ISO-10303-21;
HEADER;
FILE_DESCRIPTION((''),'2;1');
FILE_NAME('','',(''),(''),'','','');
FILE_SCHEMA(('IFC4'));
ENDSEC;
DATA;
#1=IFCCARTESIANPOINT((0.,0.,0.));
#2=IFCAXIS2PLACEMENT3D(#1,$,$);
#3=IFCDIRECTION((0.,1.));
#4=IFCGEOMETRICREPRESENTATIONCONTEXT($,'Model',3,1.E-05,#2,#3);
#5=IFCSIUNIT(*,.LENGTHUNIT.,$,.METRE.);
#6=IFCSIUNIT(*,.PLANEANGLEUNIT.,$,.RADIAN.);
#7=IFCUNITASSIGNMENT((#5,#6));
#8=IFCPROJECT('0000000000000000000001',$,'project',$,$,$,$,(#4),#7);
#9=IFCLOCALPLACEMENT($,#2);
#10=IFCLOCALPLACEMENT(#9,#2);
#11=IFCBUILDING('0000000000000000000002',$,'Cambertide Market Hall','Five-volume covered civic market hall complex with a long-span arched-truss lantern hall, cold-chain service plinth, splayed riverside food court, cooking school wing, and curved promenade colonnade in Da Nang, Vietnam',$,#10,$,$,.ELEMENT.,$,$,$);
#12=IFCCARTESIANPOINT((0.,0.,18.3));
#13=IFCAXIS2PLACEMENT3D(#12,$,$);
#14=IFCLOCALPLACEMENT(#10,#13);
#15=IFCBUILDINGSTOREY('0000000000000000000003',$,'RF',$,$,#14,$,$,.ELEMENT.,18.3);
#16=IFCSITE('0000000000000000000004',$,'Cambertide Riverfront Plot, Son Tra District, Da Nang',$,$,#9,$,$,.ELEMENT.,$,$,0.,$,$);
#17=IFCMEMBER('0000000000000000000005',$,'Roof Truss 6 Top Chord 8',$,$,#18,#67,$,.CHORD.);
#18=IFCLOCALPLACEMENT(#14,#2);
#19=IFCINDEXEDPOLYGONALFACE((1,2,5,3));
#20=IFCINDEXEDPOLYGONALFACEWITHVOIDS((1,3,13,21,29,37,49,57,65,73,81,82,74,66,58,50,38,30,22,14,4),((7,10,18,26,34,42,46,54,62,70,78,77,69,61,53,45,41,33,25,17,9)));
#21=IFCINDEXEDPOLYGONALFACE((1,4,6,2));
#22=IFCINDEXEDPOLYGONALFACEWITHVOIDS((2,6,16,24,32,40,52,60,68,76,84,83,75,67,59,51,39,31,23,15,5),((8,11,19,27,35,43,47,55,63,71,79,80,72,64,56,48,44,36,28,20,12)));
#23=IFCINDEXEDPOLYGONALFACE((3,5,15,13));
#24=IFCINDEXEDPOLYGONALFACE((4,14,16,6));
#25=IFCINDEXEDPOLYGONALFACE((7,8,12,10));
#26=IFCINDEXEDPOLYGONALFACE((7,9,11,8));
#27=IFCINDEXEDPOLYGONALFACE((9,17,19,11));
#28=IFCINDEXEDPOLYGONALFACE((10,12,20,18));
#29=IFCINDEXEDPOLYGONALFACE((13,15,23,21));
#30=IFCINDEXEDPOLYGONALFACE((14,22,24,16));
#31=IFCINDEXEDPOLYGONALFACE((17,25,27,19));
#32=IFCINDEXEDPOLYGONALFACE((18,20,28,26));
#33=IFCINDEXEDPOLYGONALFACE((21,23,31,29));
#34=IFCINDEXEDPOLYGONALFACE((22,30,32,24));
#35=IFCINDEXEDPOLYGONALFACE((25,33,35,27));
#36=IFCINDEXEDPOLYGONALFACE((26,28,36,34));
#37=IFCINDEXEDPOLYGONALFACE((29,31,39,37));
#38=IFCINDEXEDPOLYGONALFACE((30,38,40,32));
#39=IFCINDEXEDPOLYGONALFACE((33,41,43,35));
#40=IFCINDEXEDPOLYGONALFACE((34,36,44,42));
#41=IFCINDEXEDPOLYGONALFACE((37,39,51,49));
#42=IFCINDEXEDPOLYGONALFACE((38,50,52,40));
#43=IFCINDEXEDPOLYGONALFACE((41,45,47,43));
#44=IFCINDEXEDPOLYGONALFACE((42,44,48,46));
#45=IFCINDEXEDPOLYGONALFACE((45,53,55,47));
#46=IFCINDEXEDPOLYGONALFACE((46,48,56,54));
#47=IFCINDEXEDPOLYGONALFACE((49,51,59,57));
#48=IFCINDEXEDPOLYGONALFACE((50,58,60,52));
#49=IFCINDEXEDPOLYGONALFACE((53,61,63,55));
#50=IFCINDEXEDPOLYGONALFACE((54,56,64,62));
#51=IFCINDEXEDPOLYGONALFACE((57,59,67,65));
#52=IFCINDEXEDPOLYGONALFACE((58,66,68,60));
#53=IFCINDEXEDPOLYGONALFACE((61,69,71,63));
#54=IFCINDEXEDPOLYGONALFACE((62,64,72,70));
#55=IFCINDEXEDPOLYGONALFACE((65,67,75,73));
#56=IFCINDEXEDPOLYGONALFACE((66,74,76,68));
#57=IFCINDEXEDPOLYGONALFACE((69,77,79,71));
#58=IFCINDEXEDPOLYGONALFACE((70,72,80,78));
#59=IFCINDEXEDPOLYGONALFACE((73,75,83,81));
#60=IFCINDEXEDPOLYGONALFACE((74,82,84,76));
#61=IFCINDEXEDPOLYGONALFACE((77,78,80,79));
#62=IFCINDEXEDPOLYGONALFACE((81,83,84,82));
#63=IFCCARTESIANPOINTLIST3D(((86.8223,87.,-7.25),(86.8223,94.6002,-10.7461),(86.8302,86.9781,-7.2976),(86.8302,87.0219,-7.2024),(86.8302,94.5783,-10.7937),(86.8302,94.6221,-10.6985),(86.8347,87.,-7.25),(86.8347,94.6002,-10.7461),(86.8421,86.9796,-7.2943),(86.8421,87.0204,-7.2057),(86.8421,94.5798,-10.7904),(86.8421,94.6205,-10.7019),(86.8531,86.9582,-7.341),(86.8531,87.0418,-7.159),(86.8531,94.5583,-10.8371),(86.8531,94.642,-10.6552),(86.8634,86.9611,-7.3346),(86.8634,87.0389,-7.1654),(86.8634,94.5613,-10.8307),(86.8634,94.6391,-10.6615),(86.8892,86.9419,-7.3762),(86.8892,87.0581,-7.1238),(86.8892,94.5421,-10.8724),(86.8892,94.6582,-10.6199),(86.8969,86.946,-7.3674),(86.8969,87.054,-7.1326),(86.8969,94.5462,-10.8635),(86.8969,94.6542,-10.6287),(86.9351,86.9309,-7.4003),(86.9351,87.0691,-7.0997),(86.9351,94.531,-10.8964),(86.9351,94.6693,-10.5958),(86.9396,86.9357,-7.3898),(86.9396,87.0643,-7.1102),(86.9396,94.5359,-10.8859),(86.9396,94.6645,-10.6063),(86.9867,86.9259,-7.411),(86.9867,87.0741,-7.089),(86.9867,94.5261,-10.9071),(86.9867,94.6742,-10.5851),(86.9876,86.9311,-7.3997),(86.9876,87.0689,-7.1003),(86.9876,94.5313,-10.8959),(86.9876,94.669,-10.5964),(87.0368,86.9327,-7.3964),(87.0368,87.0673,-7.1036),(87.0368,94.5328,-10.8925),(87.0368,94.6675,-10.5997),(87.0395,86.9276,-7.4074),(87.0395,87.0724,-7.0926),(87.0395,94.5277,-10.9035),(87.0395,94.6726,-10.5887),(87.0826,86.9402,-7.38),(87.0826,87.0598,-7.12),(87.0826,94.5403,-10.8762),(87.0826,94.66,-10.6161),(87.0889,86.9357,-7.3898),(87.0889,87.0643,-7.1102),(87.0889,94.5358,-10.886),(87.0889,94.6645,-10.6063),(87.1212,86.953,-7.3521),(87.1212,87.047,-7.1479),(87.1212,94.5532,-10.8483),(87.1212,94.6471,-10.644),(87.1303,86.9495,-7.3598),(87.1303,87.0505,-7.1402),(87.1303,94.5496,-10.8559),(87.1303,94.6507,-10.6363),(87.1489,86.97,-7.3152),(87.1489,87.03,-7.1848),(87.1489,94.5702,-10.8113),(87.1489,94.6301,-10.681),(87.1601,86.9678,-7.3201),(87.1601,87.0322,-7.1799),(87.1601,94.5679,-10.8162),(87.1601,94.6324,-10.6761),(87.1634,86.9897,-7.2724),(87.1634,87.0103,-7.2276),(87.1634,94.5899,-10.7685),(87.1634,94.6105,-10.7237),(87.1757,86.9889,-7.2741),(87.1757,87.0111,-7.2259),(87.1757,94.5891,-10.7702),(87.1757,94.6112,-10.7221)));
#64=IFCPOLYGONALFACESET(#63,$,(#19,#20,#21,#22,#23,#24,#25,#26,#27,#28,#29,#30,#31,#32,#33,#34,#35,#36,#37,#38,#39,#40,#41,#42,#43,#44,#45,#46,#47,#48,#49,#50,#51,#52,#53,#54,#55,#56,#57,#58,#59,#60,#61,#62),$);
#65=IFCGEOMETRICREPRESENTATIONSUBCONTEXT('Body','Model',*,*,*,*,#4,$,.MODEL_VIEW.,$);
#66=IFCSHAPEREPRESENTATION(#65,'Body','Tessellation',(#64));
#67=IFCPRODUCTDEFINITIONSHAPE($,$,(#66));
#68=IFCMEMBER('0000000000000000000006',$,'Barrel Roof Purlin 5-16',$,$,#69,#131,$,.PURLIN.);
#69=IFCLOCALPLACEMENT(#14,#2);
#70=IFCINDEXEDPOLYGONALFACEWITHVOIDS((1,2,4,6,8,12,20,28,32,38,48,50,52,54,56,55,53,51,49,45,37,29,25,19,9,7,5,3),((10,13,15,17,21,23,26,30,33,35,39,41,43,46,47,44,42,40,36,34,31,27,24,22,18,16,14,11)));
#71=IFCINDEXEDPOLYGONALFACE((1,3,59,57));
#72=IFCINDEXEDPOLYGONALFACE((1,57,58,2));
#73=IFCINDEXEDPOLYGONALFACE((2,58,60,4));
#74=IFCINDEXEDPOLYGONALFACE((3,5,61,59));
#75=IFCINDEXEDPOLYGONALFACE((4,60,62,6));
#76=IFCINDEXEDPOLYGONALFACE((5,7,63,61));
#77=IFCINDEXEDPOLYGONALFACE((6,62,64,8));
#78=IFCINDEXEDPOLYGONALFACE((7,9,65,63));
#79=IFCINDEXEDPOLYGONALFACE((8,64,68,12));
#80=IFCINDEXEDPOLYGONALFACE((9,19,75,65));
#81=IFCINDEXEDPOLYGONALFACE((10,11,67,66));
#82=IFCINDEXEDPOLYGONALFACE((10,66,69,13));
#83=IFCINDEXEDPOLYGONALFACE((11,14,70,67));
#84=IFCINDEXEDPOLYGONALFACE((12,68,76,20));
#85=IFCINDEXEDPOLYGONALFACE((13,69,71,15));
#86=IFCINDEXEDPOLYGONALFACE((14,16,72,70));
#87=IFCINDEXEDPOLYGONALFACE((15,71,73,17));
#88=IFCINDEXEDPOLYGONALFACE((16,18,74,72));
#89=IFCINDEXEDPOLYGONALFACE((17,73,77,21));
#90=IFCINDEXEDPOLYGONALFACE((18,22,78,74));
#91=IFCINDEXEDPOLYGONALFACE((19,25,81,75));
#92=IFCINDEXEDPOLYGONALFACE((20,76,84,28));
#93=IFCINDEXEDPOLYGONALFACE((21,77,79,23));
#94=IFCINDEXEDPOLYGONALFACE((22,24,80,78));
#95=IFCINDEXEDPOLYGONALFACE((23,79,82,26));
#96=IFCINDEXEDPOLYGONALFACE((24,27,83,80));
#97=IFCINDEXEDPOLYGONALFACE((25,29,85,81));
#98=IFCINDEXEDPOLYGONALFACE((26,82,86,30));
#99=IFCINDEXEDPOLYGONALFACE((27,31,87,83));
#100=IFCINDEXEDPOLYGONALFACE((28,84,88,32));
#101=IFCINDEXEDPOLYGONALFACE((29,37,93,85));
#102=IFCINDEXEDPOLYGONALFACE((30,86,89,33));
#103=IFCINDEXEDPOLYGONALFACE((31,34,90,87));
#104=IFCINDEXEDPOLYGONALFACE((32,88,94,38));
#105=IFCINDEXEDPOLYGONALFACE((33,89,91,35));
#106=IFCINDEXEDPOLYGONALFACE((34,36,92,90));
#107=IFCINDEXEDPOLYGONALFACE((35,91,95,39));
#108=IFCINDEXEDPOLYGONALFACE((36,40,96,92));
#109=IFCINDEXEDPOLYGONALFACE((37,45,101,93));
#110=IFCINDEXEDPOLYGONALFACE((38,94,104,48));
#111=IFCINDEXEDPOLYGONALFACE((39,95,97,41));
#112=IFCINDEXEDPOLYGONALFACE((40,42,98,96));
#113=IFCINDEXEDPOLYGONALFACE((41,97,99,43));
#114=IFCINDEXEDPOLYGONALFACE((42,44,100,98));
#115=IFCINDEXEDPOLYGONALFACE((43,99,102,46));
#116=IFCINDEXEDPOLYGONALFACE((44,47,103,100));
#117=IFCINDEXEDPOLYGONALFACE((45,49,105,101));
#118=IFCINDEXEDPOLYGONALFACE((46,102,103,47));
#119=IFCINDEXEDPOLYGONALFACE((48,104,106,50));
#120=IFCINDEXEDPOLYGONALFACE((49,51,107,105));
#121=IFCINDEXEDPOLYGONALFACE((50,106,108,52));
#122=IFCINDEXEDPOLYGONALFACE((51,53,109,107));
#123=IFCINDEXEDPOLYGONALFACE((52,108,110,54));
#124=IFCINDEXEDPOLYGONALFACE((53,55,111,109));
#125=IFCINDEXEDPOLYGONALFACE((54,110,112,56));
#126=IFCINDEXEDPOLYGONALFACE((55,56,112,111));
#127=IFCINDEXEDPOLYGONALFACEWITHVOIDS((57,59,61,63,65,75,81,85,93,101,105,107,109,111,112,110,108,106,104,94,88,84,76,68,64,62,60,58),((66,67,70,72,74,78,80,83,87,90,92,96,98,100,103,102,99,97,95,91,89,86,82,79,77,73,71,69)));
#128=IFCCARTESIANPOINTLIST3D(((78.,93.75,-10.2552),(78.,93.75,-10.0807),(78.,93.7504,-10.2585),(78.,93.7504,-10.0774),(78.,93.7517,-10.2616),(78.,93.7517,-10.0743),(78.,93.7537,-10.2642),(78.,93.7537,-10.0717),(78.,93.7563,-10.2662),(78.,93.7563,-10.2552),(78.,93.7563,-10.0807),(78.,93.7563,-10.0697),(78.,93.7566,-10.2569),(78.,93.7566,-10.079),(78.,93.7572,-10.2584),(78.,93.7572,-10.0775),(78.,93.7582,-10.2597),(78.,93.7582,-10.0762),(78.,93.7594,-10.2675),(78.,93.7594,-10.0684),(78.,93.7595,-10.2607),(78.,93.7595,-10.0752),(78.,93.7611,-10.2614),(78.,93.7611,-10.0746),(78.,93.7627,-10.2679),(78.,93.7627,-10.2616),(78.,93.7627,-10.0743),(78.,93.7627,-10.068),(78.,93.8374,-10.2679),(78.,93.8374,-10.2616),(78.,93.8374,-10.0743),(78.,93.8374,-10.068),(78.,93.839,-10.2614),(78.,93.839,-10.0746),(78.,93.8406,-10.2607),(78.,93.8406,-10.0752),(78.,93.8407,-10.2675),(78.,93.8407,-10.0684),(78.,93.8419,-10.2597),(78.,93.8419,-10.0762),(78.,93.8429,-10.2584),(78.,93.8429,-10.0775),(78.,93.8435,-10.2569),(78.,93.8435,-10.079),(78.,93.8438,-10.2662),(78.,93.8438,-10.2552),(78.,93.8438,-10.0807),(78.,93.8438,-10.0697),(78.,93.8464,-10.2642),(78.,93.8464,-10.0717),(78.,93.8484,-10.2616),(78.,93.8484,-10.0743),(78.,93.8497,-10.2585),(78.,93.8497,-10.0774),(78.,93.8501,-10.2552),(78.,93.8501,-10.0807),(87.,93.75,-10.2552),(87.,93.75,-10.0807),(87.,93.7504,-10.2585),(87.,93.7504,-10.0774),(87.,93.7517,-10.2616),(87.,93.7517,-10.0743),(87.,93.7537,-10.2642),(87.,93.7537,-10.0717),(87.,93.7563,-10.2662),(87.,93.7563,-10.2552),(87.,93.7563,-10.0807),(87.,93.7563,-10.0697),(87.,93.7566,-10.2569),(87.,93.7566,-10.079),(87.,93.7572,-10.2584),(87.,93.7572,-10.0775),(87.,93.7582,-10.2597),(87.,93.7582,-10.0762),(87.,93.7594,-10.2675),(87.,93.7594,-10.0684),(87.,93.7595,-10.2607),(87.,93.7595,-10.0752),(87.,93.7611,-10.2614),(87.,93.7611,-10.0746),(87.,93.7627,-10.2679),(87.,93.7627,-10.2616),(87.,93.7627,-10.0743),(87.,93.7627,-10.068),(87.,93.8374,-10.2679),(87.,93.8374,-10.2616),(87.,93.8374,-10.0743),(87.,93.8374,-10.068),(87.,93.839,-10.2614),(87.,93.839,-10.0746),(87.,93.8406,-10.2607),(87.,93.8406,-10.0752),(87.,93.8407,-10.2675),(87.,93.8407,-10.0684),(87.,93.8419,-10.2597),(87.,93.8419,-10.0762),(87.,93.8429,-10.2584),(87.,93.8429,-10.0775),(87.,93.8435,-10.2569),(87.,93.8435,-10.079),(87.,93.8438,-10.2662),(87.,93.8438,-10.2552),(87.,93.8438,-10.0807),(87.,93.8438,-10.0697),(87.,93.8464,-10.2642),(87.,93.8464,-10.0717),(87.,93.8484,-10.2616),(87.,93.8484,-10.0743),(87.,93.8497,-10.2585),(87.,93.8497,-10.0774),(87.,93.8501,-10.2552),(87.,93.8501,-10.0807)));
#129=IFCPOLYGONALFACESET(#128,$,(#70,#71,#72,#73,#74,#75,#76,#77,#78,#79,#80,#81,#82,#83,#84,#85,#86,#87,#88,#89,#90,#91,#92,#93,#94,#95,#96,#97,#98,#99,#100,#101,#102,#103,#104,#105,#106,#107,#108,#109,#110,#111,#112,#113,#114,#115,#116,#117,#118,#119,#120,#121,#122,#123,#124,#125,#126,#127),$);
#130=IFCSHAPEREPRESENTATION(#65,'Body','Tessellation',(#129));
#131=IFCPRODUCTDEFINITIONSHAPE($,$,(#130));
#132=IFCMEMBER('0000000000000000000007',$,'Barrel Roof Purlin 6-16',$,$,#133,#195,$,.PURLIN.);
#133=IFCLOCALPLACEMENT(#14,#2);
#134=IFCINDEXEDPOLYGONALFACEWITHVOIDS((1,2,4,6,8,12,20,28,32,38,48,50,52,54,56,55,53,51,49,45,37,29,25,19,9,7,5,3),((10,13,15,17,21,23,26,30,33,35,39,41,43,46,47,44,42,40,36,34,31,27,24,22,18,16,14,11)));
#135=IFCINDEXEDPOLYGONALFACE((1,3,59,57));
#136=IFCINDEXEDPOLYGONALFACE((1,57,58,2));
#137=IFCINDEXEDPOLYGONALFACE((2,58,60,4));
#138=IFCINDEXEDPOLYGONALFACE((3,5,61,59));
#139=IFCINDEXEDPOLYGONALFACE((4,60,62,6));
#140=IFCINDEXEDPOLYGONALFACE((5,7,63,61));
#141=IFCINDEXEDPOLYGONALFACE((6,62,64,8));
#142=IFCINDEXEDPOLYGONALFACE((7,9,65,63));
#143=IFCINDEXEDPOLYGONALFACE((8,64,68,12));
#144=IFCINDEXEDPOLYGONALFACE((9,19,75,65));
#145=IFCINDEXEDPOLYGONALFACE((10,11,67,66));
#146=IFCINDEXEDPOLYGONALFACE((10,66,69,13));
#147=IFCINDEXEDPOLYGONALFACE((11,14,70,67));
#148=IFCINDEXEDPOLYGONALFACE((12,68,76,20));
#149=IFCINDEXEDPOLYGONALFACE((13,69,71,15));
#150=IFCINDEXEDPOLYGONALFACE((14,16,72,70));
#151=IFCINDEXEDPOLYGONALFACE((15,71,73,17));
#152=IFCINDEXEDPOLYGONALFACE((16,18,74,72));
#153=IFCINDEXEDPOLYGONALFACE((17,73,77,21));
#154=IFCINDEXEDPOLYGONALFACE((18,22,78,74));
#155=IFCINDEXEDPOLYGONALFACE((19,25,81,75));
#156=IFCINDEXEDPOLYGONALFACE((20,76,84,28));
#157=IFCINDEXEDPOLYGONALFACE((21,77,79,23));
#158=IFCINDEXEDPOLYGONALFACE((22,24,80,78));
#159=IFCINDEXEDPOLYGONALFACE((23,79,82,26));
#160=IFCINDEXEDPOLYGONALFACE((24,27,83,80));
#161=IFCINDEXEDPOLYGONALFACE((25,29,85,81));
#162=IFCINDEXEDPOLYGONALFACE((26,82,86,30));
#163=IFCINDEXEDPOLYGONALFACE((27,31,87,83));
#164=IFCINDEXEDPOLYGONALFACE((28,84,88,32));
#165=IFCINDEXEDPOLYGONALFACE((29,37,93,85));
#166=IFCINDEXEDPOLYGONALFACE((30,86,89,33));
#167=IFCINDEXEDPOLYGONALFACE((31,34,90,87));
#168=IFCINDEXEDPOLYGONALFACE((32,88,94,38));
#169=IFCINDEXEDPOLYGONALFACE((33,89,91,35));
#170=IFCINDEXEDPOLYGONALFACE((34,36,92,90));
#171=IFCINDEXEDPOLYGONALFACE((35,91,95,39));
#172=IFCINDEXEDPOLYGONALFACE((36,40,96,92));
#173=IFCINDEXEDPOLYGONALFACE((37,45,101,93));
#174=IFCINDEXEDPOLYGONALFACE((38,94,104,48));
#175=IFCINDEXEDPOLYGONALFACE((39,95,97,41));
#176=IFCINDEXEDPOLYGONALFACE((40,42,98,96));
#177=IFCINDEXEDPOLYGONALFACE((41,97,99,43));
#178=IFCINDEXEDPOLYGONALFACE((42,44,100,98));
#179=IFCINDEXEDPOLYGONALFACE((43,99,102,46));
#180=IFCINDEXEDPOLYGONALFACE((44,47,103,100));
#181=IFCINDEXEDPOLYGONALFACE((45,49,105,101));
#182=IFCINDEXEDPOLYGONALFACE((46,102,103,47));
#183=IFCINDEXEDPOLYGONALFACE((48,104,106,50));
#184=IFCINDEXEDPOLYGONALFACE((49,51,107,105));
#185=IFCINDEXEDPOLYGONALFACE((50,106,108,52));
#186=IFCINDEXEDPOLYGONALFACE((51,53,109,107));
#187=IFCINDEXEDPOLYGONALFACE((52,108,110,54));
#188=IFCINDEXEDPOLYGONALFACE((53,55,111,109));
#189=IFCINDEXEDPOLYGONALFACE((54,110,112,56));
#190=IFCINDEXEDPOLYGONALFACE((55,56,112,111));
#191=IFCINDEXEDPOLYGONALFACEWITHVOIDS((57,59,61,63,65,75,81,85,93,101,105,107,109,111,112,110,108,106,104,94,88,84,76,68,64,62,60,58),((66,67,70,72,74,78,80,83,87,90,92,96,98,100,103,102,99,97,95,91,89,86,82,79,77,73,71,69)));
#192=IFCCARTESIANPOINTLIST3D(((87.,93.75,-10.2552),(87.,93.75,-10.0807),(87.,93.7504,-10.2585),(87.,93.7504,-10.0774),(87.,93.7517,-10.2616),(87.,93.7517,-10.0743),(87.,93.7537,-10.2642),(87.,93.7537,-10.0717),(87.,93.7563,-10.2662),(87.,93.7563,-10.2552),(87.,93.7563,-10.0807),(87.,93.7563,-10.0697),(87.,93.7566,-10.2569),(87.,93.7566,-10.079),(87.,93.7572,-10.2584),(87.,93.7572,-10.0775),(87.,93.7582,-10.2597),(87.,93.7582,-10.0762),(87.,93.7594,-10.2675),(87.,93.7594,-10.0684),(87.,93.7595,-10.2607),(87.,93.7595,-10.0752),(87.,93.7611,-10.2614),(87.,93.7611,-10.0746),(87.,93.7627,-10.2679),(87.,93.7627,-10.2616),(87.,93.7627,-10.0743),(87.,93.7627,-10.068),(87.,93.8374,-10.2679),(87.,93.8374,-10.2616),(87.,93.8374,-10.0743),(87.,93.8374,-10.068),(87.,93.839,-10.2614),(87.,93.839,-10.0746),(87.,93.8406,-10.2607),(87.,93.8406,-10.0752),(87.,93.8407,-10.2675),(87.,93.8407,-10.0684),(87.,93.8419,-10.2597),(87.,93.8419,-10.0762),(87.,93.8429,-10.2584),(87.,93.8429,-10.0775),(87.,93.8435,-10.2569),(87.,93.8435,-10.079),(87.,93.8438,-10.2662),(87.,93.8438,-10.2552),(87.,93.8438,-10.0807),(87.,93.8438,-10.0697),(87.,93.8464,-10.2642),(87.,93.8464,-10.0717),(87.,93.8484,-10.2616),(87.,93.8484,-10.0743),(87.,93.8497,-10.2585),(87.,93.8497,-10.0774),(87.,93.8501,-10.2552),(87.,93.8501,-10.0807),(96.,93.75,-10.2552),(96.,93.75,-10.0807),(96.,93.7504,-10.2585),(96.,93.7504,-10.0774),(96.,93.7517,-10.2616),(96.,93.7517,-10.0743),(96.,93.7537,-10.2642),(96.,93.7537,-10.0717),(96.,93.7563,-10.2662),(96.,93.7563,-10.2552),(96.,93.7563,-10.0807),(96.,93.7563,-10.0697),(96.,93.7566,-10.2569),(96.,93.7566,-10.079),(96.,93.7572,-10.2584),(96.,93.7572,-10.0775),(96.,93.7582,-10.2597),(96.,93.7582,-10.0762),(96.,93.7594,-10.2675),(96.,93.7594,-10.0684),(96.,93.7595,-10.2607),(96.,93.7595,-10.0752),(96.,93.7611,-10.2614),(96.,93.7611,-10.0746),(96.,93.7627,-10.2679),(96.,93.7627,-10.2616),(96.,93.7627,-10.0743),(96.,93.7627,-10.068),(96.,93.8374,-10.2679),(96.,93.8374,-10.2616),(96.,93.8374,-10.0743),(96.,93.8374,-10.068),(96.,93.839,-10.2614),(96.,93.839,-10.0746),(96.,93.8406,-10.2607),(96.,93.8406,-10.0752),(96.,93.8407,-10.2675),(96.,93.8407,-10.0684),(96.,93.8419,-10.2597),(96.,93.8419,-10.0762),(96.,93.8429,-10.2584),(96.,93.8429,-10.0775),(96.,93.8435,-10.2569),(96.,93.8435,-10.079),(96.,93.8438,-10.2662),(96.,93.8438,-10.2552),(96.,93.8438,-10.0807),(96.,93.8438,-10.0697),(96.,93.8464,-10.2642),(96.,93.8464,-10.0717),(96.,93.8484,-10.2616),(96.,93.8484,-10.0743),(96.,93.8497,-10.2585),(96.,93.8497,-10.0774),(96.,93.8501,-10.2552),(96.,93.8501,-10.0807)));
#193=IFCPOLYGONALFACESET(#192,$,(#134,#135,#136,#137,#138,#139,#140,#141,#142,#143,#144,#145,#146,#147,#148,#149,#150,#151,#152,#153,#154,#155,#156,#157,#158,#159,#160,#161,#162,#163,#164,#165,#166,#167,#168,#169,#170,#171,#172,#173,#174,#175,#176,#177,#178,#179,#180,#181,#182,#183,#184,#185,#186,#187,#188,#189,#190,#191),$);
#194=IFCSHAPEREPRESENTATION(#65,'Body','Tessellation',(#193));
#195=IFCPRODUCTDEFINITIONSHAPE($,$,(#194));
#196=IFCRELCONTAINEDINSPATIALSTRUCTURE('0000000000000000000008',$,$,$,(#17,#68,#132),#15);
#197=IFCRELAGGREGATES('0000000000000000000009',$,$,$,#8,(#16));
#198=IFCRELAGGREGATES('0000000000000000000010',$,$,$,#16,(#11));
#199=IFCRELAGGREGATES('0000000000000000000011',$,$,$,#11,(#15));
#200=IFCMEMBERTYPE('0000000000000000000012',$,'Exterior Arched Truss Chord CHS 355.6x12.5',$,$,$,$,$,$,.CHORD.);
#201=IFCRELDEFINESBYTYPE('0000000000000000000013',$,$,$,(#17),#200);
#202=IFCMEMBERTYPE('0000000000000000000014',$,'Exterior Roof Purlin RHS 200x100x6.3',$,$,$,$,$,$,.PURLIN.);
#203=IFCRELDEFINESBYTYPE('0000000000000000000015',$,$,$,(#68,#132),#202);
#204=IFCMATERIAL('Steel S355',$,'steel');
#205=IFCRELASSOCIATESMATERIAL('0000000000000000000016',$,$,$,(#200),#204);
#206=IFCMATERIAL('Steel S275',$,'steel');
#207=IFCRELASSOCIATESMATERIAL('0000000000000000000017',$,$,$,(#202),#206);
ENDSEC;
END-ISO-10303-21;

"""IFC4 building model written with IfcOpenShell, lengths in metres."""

from ifc_helpers import new_model, si_unit, direction, frame, origin, origin_2d, place, context, subcontext, project, spatial, hollow_rectangle, hollow_circle, extrude, material, material_profile, profile_set, type_object, element, save


model = new_model("IFC4")

# Units and contexts
model_context = context("Model", 3, precision=1e-05, world=origin(), true_north=direction((0.0, 1.0)))
body_context = subcontext(model_context, "Body", "Model", "MODEL_VIEW")
ifc_project = project(units=[si_unit("LENGTHUNIT", "METRE"), si_unit("PLANEANGLEUNIT", "RADIAN")], contexts=[model_context])

# Site, building, storey
site_placement = place(None, origin())
site = spatial("IfcSite", under=ifc_project, at=site_placement, Name="Cambertide Riverfront Plot, Son Tra District, Da Nang", CompositionType="ELEMENT", RefElevation=0.0)
building_placement = place(site_placement, origin())
building = spatial("IfcBuilding", under=site, at=building_placement, Name="Cambertide Market Hall", Description="Five-volume covered civic market hall complex with a long-span arched-truss lantern hall, cold-chain service plinth, splayed riverside food court, cooking school wing, and curved promenade colonnade in Da Nang, Vietnam", CompositionType="ELEMENT")
storey_placement = place(building_placement, frame((0.0, 0.0, 18.3)))
storey = spatial("IfcBuildingStorey", under=building, at=storey_placement, Name="RF", CompositionType="ELEMENT", Elevation=18.3)

# Members
ifc_material_1 = material(Name="Steel S355", Category="steel")
ifc_material_profile_1 = material_profile(ifc_material_1, hollow_circle(Radius=0.1777, WallThickness=0.0125, at=origin_2d()), Name="CHS 355.6x12.5")
ifc_profile_set_1 = profile_set([ifc_material_profile_1], Name="Steel S355")
member_type_1 = type_object("IfcMemberType", Name="Exterior Arched Truss Chord CHS 355.6x12.5", PredefinedType="CHORD", material=ifc_profile_set_1)
member_1_placement = place(storey_placement, frame((87.0, 87.0, -7.25), z_axis=(0.0, 0.908488, -0.41791), x_axis=(-1.0, 0.0, 0.0)))
element("IfcMember", 1, at=member_1_placement, inside=storey, type_object=member_type_1, Name="Roof Truss 6 Top Chord 8", PredefinedType="CHORD", context=body_context, shape_type="SweptSolid", body=[
    extrude(hollow_circle(Radius=0.1777, WallThickness=0.0125, at=origin_2d()), origin(), (0.0, 0.0, 1.0), 8.3657),
])
ifc_material_2 = material(Name="Steel S275", Category="steel")
ifc_material_profile_2 = material_profile(ifc_material_2, hollow_rectangle(XDim=0.1001, YDim=0.2, WallThickness=0.0063, InnerFilletRadius=0.0063, OuterFilletRadius=0.0127, at=origin_2d()), Name="RHS 200x100x6.3")
ifc_profile_set_2 = profile_set([ifc_material_profile_2], Name="Steel S275")
member_type_2 = type_object("IfcMemberType", Name="Exterior Roof Purlin RHS 200x100x6.3", PredefinedType="PURLIN", material=ifc_profile_set_2)
for number, where, z_axis, x_axis, name in (
    (2, (78.0, 93.8, -10.168), (1.0, 0.0, 0.0), (0.0, 1.0, 0.0), "Barrel Roof Purlin 5-16"),
    (3, (87.0, 93.8, -10.168), (1.0, 0.0, 0.0), (0.0, 1.0, 0.0), "Barrel Roof Purlin 6-16"),
):
    element("IfcMember", number, at=place(storey_placement, frame(where, z_axis=z_axis, x_axis=x_axis)), inside=storey, type_object=member_type_2, Name=name, PredefinedType="PURLIN", context=body_context, shape_type="SweptSolid", body=[
        extrude(hollow_rectangle(XDim=0.1001, YDim=0.2, WallThickness=0.0063, InnerFilletRadius=0.0063, OuterFilletRadius=0.0127, at=origin_2d()), origin(), (0.0, 0.0, 1.0), 9.0),
    ])

save(model, "model.ifc")
